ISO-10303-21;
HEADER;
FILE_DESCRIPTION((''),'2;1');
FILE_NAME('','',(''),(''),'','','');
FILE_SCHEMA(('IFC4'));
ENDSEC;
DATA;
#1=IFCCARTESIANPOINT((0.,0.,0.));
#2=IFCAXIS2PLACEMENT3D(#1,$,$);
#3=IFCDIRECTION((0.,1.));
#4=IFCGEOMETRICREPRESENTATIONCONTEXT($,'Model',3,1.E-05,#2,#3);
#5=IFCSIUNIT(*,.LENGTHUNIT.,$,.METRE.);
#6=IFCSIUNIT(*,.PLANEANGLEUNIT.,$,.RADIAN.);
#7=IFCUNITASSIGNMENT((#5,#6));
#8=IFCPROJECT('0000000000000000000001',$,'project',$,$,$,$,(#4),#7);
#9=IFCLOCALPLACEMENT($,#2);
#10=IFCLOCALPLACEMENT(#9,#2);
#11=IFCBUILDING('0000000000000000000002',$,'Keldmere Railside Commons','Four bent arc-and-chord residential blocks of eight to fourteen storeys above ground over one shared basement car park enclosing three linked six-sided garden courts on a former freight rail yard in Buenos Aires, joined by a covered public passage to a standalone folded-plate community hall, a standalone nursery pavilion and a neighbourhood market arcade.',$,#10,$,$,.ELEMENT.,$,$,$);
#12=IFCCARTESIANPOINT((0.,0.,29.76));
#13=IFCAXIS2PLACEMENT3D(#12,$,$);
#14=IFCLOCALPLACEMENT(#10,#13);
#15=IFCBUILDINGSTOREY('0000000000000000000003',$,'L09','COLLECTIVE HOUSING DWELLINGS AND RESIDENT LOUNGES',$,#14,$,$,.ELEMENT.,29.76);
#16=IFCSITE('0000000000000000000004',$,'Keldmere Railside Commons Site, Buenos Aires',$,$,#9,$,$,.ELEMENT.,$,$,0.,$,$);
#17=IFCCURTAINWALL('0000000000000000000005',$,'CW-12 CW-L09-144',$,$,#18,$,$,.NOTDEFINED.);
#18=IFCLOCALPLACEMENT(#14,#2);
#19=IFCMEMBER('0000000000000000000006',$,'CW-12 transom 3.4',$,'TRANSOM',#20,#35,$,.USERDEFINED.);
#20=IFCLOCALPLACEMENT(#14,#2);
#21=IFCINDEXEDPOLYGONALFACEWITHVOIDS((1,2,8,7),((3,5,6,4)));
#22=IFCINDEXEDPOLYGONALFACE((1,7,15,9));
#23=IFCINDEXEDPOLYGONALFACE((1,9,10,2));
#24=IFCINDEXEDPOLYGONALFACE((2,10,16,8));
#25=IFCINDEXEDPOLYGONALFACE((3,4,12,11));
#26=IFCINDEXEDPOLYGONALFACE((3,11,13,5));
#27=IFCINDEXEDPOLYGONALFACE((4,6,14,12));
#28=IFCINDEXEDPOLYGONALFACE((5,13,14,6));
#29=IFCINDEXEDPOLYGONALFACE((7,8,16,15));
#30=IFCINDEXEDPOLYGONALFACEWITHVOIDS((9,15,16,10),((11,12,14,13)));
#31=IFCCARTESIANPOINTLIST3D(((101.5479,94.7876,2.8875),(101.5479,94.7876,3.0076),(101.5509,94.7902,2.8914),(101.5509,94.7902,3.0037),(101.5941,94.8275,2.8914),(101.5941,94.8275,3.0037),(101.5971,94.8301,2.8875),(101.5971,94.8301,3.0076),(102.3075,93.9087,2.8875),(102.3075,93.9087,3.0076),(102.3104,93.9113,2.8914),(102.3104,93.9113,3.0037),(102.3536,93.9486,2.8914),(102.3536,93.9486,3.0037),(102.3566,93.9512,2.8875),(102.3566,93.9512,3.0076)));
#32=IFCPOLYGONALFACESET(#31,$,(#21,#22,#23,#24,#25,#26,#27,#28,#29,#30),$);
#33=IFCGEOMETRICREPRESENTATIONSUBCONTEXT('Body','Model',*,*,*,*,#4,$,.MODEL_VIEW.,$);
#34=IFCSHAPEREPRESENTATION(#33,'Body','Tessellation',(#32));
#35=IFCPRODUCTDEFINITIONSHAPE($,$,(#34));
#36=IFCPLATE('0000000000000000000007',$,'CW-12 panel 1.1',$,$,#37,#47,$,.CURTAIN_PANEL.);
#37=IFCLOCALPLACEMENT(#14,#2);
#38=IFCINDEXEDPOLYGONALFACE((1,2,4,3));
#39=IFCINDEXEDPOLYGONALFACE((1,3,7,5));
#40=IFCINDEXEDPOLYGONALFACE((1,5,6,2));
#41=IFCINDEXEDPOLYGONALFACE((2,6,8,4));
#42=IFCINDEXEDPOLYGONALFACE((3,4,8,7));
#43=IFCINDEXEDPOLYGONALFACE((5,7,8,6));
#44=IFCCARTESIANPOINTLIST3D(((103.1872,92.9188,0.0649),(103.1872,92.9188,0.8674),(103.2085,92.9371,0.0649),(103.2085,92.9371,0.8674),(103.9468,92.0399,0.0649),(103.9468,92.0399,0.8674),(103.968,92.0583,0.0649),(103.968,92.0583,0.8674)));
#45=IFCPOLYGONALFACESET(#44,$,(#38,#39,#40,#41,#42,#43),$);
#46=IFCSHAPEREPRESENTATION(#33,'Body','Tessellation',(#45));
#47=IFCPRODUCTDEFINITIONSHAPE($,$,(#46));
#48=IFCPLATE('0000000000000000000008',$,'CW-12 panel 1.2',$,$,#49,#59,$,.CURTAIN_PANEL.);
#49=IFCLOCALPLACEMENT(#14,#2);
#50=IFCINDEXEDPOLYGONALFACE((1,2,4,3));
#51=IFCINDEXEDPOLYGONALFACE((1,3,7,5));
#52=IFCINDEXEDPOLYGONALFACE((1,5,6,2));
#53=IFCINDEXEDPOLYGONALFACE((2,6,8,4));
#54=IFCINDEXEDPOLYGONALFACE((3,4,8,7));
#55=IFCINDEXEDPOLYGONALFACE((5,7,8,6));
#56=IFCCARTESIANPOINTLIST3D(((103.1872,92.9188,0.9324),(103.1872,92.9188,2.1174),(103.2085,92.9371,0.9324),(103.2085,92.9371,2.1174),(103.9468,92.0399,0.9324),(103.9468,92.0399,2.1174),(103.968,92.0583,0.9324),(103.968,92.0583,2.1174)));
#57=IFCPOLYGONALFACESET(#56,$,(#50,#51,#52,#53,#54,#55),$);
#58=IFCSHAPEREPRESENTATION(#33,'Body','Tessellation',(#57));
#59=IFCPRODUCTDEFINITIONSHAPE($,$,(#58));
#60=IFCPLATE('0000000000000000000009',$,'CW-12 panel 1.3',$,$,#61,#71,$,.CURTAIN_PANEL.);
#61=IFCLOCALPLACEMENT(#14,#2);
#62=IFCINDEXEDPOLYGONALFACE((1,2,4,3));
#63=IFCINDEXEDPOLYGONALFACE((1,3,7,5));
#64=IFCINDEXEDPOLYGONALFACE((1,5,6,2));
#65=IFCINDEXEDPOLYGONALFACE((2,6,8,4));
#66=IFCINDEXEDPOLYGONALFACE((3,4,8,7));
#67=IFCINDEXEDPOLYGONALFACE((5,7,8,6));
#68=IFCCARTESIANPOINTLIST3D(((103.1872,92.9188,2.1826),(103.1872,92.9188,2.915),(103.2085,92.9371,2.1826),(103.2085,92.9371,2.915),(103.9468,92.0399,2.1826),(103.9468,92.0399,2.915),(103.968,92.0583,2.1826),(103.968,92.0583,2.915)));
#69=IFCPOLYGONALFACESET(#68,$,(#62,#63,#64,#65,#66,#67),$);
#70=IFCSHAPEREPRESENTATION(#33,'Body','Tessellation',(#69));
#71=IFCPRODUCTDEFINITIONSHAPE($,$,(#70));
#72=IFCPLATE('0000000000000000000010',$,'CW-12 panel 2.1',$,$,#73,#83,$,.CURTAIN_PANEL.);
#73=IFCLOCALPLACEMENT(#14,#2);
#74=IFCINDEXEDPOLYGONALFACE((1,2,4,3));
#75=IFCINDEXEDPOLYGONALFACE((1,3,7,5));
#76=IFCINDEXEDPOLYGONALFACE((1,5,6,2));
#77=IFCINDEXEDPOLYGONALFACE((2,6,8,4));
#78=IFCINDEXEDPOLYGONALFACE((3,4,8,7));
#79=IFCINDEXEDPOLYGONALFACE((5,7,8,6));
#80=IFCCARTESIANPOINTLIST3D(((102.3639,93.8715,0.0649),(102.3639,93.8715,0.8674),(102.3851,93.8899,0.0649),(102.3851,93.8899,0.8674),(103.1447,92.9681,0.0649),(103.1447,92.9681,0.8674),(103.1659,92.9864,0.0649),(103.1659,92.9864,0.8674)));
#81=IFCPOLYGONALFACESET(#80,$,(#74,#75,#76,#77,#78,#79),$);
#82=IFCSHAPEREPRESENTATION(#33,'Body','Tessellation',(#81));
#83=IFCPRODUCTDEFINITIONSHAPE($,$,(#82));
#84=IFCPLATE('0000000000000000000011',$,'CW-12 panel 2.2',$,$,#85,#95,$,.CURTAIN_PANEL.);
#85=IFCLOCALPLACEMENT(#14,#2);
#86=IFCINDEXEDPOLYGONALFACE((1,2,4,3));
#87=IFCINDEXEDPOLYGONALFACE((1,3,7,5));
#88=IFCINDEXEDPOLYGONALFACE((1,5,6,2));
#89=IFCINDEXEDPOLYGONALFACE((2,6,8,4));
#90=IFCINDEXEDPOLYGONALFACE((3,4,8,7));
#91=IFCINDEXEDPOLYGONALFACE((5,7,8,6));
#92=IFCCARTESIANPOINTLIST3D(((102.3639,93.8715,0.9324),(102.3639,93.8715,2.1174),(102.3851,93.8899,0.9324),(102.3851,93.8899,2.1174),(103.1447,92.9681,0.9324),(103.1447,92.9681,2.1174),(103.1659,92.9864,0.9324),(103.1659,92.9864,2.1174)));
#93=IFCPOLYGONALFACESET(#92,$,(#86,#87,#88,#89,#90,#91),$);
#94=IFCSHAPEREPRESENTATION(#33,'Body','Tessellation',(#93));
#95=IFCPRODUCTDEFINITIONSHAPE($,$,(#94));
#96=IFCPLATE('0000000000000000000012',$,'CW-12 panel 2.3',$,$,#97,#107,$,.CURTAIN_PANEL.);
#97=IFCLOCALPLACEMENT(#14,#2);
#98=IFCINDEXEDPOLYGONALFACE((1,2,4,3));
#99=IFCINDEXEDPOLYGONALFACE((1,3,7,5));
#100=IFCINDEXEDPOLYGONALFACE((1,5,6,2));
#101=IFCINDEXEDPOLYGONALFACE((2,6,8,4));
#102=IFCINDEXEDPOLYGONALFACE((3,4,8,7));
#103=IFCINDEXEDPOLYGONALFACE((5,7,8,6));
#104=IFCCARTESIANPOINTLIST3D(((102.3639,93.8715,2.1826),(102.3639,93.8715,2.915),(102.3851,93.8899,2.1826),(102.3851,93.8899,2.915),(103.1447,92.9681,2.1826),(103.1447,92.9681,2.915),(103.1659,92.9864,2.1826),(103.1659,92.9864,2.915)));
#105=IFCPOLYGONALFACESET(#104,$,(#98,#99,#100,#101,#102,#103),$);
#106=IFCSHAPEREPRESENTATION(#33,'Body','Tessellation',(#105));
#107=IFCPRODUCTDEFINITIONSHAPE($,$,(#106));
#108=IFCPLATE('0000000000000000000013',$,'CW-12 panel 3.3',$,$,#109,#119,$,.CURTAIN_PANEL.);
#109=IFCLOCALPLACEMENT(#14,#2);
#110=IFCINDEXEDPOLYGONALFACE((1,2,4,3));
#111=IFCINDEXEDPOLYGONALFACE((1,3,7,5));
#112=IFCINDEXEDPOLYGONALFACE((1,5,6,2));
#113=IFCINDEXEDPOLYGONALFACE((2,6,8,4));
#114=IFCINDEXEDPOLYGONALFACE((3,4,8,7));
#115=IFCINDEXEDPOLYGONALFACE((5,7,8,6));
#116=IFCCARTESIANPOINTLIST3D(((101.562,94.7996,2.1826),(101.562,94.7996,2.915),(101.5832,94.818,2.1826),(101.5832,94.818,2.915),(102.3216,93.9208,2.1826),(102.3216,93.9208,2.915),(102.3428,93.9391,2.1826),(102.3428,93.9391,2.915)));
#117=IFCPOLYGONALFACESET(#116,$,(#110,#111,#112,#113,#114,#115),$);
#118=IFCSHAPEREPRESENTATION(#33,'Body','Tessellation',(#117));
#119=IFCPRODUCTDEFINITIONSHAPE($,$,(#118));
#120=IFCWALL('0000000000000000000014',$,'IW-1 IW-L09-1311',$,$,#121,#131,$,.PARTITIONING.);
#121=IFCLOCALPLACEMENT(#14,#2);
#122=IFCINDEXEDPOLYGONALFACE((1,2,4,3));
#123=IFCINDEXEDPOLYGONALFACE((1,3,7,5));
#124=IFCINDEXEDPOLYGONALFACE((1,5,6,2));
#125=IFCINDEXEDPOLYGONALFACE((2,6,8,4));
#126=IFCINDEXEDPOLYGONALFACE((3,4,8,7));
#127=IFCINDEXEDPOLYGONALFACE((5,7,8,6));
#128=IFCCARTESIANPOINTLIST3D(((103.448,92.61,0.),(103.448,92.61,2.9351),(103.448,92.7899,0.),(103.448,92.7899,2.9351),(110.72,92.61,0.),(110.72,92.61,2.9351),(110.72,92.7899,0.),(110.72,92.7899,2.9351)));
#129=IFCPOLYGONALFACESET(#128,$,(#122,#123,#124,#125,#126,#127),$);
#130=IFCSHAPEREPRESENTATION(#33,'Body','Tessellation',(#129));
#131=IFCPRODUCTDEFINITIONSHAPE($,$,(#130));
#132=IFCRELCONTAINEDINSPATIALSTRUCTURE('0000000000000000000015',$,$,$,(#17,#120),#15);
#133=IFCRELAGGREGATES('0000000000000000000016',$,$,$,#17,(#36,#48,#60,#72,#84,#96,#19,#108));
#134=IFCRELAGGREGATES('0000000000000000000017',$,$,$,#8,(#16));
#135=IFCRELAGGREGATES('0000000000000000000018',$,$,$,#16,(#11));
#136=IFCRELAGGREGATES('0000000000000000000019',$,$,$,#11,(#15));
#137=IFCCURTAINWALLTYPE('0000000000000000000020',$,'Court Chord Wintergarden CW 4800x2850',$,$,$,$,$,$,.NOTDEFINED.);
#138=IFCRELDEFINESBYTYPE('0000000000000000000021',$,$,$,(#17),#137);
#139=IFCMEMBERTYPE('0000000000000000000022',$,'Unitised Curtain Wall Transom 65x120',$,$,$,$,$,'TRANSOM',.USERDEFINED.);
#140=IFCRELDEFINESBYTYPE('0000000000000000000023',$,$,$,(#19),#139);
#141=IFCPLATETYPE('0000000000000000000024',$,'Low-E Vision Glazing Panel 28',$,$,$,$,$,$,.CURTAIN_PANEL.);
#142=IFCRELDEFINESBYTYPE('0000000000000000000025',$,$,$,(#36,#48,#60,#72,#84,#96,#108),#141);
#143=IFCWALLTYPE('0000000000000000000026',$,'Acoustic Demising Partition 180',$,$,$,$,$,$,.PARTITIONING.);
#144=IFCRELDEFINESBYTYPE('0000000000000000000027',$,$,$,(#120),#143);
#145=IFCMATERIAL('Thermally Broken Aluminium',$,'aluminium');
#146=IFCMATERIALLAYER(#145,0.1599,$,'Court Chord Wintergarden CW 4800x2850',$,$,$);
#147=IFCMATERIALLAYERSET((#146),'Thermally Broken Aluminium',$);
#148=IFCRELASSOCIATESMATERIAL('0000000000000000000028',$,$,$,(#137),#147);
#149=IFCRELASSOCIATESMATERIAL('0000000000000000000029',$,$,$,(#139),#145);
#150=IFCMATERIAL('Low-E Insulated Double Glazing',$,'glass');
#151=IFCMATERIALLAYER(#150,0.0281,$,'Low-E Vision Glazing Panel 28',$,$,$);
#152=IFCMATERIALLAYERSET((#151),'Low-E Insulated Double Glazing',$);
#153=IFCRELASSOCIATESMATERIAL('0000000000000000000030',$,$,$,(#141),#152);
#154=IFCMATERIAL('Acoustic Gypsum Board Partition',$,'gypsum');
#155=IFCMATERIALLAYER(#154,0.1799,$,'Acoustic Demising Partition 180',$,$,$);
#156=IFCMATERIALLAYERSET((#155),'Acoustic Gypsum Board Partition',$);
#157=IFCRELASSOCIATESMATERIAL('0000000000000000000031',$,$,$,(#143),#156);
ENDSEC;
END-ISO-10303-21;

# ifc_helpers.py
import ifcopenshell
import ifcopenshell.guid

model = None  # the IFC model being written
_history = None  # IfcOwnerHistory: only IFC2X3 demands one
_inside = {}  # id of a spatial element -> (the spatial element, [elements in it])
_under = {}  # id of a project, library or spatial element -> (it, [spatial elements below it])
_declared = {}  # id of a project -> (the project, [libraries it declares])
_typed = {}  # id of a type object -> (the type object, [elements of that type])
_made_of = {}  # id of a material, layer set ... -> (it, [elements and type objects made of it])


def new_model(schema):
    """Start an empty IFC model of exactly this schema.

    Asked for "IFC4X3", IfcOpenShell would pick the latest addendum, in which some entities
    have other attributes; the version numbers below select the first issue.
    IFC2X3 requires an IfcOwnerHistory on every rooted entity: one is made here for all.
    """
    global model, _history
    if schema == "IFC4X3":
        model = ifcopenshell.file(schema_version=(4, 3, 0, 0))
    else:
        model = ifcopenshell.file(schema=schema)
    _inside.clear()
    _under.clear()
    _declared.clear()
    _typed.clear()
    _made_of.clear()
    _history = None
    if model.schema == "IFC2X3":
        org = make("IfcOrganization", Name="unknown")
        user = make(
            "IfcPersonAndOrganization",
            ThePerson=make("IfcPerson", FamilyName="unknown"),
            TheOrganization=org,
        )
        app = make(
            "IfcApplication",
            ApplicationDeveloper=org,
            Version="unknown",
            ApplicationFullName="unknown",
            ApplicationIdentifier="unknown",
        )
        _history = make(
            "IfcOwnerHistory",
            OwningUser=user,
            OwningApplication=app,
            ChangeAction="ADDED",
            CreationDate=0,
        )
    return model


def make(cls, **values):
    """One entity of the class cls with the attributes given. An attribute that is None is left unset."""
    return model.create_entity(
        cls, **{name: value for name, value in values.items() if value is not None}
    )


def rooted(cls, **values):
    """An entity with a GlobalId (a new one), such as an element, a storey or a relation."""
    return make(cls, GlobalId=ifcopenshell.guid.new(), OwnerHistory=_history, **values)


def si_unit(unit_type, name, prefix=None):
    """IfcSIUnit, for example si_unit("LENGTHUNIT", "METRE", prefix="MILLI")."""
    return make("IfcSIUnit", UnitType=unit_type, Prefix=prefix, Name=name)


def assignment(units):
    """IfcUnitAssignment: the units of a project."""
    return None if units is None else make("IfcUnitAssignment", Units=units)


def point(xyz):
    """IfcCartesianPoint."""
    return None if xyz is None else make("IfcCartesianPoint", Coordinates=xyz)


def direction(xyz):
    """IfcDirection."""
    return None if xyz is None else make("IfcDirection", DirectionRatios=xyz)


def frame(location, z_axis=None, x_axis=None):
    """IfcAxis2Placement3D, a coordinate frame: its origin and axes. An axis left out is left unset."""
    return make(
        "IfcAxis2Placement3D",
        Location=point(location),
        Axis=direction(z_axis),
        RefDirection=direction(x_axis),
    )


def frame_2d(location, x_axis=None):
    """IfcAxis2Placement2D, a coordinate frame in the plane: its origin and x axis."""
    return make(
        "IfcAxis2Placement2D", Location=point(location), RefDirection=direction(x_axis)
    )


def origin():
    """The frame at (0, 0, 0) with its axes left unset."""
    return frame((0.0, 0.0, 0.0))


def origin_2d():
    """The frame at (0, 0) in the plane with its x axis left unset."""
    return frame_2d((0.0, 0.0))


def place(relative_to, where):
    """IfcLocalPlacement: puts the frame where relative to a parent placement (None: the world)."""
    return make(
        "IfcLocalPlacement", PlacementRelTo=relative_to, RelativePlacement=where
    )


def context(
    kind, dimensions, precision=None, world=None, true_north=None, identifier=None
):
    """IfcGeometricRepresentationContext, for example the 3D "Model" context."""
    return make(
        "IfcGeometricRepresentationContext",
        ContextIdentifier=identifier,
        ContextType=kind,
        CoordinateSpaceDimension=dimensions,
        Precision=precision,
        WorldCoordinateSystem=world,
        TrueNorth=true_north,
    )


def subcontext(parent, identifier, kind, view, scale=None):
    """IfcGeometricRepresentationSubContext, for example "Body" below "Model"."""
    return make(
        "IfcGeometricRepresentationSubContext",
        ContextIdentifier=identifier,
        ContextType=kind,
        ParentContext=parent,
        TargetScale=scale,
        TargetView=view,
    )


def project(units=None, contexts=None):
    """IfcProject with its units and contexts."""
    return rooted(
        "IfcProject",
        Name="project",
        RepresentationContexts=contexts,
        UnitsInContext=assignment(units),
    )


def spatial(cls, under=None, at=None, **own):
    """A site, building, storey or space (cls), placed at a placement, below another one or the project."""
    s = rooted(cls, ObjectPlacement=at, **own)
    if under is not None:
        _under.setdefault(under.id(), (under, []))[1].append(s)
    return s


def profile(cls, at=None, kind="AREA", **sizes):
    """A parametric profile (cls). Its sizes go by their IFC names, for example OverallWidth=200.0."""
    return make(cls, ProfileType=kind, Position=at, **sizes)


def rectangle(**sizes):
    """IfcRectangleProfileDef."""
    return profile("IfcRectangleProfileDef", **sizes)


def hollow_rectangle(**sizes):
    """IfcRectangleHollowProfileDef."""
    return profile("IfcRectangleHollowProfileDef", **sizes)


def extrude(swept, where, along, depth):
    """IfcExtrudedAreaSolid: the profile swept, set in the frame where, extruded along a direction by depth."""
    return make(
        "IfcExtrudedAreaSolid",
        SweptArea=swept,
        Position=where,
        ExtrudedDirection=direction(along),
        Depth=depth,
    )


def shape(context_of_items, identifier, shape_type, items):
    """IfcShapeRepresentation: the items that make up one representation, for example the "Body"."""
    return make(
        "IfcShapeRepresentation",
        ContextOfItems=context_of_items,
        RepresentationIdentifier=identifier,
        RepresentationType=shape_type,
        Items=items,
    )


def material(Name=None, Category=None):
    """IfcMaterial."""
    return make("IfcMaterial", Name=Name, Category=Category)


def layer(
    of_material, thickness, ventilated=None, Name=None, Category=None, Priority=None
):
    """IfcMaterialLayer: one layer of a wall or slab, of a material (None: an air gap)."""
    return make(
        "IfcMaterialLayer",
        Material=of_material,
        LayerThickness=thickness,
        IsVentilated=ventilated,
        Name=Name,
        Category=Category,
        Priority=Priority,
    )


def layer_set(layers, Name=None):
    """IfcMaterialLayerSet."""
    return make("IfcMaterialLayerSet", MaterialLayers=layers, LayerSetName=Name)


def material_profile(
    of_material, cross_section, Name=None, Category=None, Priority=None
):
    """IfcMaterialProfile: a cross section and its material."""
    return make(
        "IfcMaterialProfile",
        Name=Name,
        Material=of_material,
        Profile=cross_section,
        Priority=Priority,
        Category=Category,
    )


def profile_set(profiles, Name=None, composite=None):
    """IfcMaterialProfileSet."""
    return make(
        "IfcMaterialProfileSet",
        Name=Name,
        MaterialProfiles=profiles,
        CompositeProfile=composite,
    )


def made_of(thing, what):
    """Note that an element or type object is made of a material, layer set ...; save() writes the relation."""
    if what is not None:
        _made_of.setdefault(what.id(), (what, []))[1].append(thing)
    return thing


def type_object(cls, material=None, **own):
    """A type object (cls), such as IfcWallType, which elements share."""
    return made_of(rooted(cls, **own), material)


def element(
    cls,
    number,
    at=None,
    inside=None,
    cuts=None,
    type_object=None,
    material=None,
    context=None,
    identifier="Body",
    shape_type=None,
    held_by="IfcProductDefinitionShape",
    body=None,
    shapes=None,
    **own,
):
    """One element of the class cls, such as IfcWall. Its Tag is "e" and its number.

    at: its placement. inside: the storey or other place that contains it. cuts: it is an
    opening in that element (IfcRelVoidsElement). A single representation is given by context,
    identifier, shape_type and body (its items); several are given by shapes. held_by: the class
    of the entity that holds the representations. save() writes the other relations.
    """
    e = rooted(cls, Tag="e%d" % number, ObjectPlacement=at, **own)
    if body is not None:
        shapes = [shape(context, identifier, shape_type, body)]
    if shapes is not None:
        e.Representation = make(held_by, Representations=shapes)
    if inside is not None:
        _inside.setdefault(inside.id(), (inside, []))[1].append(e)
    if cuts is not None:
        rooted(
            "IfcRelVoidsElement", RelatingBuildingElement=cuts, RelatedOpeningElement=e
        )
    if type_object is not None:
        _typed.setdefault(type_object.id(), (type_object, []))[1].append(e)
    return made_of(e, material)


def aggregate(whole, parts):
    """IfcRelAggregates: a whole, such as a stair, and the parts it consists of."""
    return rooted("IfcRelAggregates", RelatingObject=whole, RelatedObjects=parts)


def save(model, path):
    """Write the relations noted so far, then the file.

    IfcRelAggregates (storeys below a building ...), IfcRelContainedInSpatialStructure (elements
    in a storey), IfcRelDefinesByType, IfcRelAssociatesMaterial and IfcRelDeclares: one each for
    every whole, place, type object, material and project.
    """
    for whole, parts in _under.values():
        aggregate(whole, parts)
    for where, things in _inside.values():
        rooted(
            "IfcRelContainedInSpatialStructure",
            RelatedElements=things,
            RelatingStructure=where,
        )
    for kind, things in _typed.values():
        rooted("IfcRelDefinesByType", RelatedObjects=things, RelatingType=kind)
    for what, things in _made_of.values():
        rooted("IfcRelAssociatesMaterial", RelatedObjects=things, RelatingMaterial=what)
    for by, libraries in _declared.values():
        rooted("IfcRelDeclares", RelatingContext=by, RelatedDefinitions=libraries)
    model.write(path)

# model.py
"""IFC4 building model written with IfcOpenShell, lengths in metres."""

from ifc_helpers import new_model, si_unit, direction, frame, frame_2d, origin, origin_2d, place, context, subcontext, project, spatial, rectangle, hollow_rectangle, extrude, material, layer, layer_set, material_profile, profile_set, type_object, element, aggregate, save


model = new_model("IFC4")

# Units and contexts
model_context = context("Model", 3, precision=1e-05, world=origin(), true_north=direction((0.0, 1.0)))
body_context = subcontext(model_context, "Body", "Model", "MODEL_VIEW")
ifc_project = project(units=[si_unit("LENGTHUNIT", "METRE"), si_unit("PLANEANGLEUNIT", "RADIAN")], contexts=[model_context])

# Site, building, storey
site_placement = place(None, origin())
site = spatial("IfcSite", under=ifc_project, at=site_placement, Name="Keldmere Railside Commons Site, Buenos Aires", CompositionType="ELEMENT", RefElevation=0.0)
building_placement = place(site_placement, origin())
building = spatial("IfcBuilding", under=site, at=building_placement, Name="Keldmere Railside Commons", Description="Four bent arc-and-chord residential blocks of eight to fourteen storeys above ground over one shared basement car park enclosing three linked six-sided garden courts on a former freight rail yard in Buenos Aires, joined by a covered public passage to a standalone folded-plate community hall, a standalone nursery pavilion and a neighbourhood market arcade.", CompositionType="ELEMENT")
storey_placement = place(building_placement, frame((0.0, 0.0, 29.76)))
storey = spatial("IfcBuildingStorey", under=building, at=storey_placement, Name="L09", Description="COLLECTIVE HOUSING DWELLINGS AND RESIDENT LOUNGES", CompositionType="ELEMENT", Elevation=29.76)

# Curtain wall, member, plates
ifc_material_1 = material(Name="Thermally Broken Aluminium", Category="aluminium")
ifc_layer_1 = layer(ifc_material_1, 0.1599, Name="Court Chord Wintergarden CW 4800x2850")
ifc_layer_set_1 = layer_set([ifc_layer_1], Name="Thermally Broken Aluminium")
curtain_wall_type = type_object("IfcCurtainWallType", Name="Court Chord Wintergarden CW 4800x2850", PredefinedType="NOTDEFINED", material=ifc_layer_set_1)
curtain_wall_placement = place(storey_placement, origin())
curtain_wall = element("IfcCurtainWall", 1, at=curtain_wall_placement, inside=storey, type_object=curtain_wall_type, Name="CW-12 CW-L09-144", PredefinedType="NOTDEFINED")
ifc_material_profile_1 = material_profile(ifc_material_1, hollow_rectangle(XDim=0.0649, YDim=0.1201, WallThickness=0.0039, at=origin_2d()), Name="ALU-TRAN-65x120")
ifc_profile_set_1 = profile_set([ifc_material_profile_1], Name="Thermally Broken Aluminium")
member_type_1 = type_object("IfcMemberType", Name="Unitised Curtain Wall Transom 65x120", ElementType="TRANSOM", PredefinedType="USERDEFINED", material=ifc_profile_set_1)
member_1_placement = place(storey_placement, frame((102.332, 93.9299, 2.9475), z_axis=(-0.65385, 0.756624, 0.0), x_axis=(-0.756624, -0.65385, 0.0)))
member_1 = element("IfcMember", 2, at=member_1_placement, type_object=member_type_1, Name="CW-12 transom 3.4", ObjectType="TRANSOM", PredefinedType="USERDEFINED", context=body_context, shape_type="SweptSolid", body=[
    extrude(hollow_rectangle(XDim=0.0649, YDim=0.1201, WallThickness=0.0039, at=origin_2d()), origin(), (0.0, 0.0, 1.0), 1.1616),
])
ifc_material_2 = material(Name="Low-E Insulated Double Glazing", Category="glass")
ifc_layer_2 = layer(ifc_material_2, 0.0281, Name="Low-E Vision Glazing Panel 28")
ifc_layer_set_2 = layer_set([ifc_layer_2], Name="Low-E Insulated Double Glazing")
plate_type = type_object("IfcPlateType", Name="Low-E Vision Glazing Panel 28", PredefinedType="CURTAIN_PANEL", material=ifc_layer_set_2)
plate_1_placement = place(storey_placement, frame((103.5776, 92.4885, 0.0649), z_axis=(0.0, 0.0, 1.0), x_axis=(-0.653882, 0.756597, 0.0)))
plate_1 = element("IfcPlate", 3, at=plate_1_placement, type_object=plate_type, Name="CW-12 panel 1.1", PredefinedType="CURTAIN_PANEL", context=body_context, shape_type="SweptSolid", body=[
    extrude(rectangle(XDim=1.1616, YDim=0.0281, at=origin_2d()), origin(), (0.0, 0.0, 1.0), 0.8025),
])
plate_2_placement = place(storey_placement, frame((103.5776, 92.4885, 0.9324), z_axis=(0.0, 0.0, 1.0), x_axis=(-0.653882, 0.756597, 0.0)))
plate_2 = element("IfcPlate", 4, at=plate_2_placement, type_object=plate_type, Name="CW-12 panel 1.2", PredefinedType="CURTAIN_PANEL", context=body_context, shape_type="SweptSolid", body=[
    extrude(rectangle(XDim=1.1616, YDim=0.0281, at=origin_2d()), origin(), (0.0, 0.0, 1.0), 1.1851),
])
plate_3_placement = place(storey_placement, frame((103.5776, 92.4885, 2.1826), z_axis=(0.0, 0.0, 1.0), x_axis=(-0.653882, 0.756597, 0.0)))
plate_3 = element("IfcPlate", 5, at=plate_3_placement, type_object=plate_type, Name="CW-12 panel 1.3", PredefinedType="CURTAIN_PANEL", context=body_context, shape_type="SweptSolid", body=[
    extrude(rectangle(XDim=1.1616, YDim=0.0281, at=origin_2d()), origin(), (0.0, 0.0, 1.0), 0.7324),
])
plate_4_placement = place(storey_placement, frame((102.7649, 93.429, 0.0649), z_axis=(0.0, 0.0, 1.0), x_axis=(-0.653882, 0.756597, 0.0)))
plate_4 = element("IfcPlate", 6, at=plate_4_placement, type_object=plate_type, Name="CW-12 panel 2.1", PredefinedType="CURTAIN_PANEL", context=body_context, shape_type="SweptSolid", body=[
    extrude(rectangle(XDim=1.1941, YDim=0.0281, at=origin_2d()), origin(), (0.0, 0.0, 1.0), 0.8025),
])
plate_5_placement = place(storey_placement, frame((102.7649, 93.429, 0.9324), z_axis=(0.0, 0.0, 1.0), x_axis=(-0.653882, 0.756597, 0.0)))
plate_5 = element("IfcPlate", 7, at=plate_5_placement, type_object=plate_type, Name="CW-12 panel 2.2", PredefinedType="CURTAIN_PANEL", context=body_context, shape_type="SweptSolid", body=[
    extrude(rectangle(XDim=1.1941, YDim=0.0281, at=origin_2d()), origin(), (0.0, 0.0, 1.0), 1.1851),
])
plate_6_placement = place(storey_placement, frame((102.7649, 93.429, 2.1826), z_axis=(0.0, 0.0, 1.0), x_axis=(-0.653882, 0.756597, 0.0)))
plate_6 = element("IfcPlate", 8, at=plate_6_placement, type_object=plate_type, Name="CW-12 panel 2.3", PredefinedType="CURTAIN_PANEL", context=body_context, shape_type="SweptSolid", body=[
    extrude(rectangle(XDim=1.1941, YDim=0.0281, at=origin_2d()), origin(), (0.0, 0.0, 1.0), 0.7324),
])
plate_7_placement = place(storey_placement, frame((101.9524, 94.3694, 2.1826), z_axis=(0.0, 0.0, 1.0), x_axis=(-0.653882, 0.756597, 0.0)))
plate_7 = element("IfcPlate", 9, at=plate_7_placement, type_object=plate_type, Name="CW-12 panel 3.3", PredefinedType="CURTAIN_PANEL", context=body_context, shape_type="SweptSolid", body=[
    extrude(rectangle(XDim=1.1616, YDim=0.0281, at=origin_2d()), origin(), (0.0, 0.0, 1.0), 0.7324),
])
aggregate(curtain_wall, [plate_1, plate_2, plate_3, plate_4, plate_5, plate_6, member_1, plate_7])

# Wall
ifc_material_3 = material(Name="Acoustic Gypsum Board Partition", Category="gypsum")
ifc_layer_3 = layer(ifc_material_3, 0.1799, Name="Acoustic Demising Partition 180")
ifc_layer_set_3 = layer_set([ifc_layer_3], Name="Acoustic Gypsum Board Partition")
wall_type = type_object("IfcWallType", Name="Acoustic Demising Partition 180", PredefinedType="PARTITIONING", material=ifc_layer_set_3)
wall_placement = place(storey_placement, frame((103.448, 92.7, 0.0), z_axis=(0.0, 0.0, 1.0), x_axis=(1.0, 0.0, 0.0)))
element("IfcWall", 10, at=wall_placement, inside=storey, type_object=wall_type, Name="IW-1 IW-L09-1311", PredefinedType="PARTITIONING", context=body_context, shape_type="SweptSolid", body=[
    extrude(rectangle(XDim=7.272, YDim=0.1799, at=frame_2d((3.636, 0.0))), origin(), (0.0, 0.0, 1.0), 2.9351),
])

save(model, "model.ifc")
